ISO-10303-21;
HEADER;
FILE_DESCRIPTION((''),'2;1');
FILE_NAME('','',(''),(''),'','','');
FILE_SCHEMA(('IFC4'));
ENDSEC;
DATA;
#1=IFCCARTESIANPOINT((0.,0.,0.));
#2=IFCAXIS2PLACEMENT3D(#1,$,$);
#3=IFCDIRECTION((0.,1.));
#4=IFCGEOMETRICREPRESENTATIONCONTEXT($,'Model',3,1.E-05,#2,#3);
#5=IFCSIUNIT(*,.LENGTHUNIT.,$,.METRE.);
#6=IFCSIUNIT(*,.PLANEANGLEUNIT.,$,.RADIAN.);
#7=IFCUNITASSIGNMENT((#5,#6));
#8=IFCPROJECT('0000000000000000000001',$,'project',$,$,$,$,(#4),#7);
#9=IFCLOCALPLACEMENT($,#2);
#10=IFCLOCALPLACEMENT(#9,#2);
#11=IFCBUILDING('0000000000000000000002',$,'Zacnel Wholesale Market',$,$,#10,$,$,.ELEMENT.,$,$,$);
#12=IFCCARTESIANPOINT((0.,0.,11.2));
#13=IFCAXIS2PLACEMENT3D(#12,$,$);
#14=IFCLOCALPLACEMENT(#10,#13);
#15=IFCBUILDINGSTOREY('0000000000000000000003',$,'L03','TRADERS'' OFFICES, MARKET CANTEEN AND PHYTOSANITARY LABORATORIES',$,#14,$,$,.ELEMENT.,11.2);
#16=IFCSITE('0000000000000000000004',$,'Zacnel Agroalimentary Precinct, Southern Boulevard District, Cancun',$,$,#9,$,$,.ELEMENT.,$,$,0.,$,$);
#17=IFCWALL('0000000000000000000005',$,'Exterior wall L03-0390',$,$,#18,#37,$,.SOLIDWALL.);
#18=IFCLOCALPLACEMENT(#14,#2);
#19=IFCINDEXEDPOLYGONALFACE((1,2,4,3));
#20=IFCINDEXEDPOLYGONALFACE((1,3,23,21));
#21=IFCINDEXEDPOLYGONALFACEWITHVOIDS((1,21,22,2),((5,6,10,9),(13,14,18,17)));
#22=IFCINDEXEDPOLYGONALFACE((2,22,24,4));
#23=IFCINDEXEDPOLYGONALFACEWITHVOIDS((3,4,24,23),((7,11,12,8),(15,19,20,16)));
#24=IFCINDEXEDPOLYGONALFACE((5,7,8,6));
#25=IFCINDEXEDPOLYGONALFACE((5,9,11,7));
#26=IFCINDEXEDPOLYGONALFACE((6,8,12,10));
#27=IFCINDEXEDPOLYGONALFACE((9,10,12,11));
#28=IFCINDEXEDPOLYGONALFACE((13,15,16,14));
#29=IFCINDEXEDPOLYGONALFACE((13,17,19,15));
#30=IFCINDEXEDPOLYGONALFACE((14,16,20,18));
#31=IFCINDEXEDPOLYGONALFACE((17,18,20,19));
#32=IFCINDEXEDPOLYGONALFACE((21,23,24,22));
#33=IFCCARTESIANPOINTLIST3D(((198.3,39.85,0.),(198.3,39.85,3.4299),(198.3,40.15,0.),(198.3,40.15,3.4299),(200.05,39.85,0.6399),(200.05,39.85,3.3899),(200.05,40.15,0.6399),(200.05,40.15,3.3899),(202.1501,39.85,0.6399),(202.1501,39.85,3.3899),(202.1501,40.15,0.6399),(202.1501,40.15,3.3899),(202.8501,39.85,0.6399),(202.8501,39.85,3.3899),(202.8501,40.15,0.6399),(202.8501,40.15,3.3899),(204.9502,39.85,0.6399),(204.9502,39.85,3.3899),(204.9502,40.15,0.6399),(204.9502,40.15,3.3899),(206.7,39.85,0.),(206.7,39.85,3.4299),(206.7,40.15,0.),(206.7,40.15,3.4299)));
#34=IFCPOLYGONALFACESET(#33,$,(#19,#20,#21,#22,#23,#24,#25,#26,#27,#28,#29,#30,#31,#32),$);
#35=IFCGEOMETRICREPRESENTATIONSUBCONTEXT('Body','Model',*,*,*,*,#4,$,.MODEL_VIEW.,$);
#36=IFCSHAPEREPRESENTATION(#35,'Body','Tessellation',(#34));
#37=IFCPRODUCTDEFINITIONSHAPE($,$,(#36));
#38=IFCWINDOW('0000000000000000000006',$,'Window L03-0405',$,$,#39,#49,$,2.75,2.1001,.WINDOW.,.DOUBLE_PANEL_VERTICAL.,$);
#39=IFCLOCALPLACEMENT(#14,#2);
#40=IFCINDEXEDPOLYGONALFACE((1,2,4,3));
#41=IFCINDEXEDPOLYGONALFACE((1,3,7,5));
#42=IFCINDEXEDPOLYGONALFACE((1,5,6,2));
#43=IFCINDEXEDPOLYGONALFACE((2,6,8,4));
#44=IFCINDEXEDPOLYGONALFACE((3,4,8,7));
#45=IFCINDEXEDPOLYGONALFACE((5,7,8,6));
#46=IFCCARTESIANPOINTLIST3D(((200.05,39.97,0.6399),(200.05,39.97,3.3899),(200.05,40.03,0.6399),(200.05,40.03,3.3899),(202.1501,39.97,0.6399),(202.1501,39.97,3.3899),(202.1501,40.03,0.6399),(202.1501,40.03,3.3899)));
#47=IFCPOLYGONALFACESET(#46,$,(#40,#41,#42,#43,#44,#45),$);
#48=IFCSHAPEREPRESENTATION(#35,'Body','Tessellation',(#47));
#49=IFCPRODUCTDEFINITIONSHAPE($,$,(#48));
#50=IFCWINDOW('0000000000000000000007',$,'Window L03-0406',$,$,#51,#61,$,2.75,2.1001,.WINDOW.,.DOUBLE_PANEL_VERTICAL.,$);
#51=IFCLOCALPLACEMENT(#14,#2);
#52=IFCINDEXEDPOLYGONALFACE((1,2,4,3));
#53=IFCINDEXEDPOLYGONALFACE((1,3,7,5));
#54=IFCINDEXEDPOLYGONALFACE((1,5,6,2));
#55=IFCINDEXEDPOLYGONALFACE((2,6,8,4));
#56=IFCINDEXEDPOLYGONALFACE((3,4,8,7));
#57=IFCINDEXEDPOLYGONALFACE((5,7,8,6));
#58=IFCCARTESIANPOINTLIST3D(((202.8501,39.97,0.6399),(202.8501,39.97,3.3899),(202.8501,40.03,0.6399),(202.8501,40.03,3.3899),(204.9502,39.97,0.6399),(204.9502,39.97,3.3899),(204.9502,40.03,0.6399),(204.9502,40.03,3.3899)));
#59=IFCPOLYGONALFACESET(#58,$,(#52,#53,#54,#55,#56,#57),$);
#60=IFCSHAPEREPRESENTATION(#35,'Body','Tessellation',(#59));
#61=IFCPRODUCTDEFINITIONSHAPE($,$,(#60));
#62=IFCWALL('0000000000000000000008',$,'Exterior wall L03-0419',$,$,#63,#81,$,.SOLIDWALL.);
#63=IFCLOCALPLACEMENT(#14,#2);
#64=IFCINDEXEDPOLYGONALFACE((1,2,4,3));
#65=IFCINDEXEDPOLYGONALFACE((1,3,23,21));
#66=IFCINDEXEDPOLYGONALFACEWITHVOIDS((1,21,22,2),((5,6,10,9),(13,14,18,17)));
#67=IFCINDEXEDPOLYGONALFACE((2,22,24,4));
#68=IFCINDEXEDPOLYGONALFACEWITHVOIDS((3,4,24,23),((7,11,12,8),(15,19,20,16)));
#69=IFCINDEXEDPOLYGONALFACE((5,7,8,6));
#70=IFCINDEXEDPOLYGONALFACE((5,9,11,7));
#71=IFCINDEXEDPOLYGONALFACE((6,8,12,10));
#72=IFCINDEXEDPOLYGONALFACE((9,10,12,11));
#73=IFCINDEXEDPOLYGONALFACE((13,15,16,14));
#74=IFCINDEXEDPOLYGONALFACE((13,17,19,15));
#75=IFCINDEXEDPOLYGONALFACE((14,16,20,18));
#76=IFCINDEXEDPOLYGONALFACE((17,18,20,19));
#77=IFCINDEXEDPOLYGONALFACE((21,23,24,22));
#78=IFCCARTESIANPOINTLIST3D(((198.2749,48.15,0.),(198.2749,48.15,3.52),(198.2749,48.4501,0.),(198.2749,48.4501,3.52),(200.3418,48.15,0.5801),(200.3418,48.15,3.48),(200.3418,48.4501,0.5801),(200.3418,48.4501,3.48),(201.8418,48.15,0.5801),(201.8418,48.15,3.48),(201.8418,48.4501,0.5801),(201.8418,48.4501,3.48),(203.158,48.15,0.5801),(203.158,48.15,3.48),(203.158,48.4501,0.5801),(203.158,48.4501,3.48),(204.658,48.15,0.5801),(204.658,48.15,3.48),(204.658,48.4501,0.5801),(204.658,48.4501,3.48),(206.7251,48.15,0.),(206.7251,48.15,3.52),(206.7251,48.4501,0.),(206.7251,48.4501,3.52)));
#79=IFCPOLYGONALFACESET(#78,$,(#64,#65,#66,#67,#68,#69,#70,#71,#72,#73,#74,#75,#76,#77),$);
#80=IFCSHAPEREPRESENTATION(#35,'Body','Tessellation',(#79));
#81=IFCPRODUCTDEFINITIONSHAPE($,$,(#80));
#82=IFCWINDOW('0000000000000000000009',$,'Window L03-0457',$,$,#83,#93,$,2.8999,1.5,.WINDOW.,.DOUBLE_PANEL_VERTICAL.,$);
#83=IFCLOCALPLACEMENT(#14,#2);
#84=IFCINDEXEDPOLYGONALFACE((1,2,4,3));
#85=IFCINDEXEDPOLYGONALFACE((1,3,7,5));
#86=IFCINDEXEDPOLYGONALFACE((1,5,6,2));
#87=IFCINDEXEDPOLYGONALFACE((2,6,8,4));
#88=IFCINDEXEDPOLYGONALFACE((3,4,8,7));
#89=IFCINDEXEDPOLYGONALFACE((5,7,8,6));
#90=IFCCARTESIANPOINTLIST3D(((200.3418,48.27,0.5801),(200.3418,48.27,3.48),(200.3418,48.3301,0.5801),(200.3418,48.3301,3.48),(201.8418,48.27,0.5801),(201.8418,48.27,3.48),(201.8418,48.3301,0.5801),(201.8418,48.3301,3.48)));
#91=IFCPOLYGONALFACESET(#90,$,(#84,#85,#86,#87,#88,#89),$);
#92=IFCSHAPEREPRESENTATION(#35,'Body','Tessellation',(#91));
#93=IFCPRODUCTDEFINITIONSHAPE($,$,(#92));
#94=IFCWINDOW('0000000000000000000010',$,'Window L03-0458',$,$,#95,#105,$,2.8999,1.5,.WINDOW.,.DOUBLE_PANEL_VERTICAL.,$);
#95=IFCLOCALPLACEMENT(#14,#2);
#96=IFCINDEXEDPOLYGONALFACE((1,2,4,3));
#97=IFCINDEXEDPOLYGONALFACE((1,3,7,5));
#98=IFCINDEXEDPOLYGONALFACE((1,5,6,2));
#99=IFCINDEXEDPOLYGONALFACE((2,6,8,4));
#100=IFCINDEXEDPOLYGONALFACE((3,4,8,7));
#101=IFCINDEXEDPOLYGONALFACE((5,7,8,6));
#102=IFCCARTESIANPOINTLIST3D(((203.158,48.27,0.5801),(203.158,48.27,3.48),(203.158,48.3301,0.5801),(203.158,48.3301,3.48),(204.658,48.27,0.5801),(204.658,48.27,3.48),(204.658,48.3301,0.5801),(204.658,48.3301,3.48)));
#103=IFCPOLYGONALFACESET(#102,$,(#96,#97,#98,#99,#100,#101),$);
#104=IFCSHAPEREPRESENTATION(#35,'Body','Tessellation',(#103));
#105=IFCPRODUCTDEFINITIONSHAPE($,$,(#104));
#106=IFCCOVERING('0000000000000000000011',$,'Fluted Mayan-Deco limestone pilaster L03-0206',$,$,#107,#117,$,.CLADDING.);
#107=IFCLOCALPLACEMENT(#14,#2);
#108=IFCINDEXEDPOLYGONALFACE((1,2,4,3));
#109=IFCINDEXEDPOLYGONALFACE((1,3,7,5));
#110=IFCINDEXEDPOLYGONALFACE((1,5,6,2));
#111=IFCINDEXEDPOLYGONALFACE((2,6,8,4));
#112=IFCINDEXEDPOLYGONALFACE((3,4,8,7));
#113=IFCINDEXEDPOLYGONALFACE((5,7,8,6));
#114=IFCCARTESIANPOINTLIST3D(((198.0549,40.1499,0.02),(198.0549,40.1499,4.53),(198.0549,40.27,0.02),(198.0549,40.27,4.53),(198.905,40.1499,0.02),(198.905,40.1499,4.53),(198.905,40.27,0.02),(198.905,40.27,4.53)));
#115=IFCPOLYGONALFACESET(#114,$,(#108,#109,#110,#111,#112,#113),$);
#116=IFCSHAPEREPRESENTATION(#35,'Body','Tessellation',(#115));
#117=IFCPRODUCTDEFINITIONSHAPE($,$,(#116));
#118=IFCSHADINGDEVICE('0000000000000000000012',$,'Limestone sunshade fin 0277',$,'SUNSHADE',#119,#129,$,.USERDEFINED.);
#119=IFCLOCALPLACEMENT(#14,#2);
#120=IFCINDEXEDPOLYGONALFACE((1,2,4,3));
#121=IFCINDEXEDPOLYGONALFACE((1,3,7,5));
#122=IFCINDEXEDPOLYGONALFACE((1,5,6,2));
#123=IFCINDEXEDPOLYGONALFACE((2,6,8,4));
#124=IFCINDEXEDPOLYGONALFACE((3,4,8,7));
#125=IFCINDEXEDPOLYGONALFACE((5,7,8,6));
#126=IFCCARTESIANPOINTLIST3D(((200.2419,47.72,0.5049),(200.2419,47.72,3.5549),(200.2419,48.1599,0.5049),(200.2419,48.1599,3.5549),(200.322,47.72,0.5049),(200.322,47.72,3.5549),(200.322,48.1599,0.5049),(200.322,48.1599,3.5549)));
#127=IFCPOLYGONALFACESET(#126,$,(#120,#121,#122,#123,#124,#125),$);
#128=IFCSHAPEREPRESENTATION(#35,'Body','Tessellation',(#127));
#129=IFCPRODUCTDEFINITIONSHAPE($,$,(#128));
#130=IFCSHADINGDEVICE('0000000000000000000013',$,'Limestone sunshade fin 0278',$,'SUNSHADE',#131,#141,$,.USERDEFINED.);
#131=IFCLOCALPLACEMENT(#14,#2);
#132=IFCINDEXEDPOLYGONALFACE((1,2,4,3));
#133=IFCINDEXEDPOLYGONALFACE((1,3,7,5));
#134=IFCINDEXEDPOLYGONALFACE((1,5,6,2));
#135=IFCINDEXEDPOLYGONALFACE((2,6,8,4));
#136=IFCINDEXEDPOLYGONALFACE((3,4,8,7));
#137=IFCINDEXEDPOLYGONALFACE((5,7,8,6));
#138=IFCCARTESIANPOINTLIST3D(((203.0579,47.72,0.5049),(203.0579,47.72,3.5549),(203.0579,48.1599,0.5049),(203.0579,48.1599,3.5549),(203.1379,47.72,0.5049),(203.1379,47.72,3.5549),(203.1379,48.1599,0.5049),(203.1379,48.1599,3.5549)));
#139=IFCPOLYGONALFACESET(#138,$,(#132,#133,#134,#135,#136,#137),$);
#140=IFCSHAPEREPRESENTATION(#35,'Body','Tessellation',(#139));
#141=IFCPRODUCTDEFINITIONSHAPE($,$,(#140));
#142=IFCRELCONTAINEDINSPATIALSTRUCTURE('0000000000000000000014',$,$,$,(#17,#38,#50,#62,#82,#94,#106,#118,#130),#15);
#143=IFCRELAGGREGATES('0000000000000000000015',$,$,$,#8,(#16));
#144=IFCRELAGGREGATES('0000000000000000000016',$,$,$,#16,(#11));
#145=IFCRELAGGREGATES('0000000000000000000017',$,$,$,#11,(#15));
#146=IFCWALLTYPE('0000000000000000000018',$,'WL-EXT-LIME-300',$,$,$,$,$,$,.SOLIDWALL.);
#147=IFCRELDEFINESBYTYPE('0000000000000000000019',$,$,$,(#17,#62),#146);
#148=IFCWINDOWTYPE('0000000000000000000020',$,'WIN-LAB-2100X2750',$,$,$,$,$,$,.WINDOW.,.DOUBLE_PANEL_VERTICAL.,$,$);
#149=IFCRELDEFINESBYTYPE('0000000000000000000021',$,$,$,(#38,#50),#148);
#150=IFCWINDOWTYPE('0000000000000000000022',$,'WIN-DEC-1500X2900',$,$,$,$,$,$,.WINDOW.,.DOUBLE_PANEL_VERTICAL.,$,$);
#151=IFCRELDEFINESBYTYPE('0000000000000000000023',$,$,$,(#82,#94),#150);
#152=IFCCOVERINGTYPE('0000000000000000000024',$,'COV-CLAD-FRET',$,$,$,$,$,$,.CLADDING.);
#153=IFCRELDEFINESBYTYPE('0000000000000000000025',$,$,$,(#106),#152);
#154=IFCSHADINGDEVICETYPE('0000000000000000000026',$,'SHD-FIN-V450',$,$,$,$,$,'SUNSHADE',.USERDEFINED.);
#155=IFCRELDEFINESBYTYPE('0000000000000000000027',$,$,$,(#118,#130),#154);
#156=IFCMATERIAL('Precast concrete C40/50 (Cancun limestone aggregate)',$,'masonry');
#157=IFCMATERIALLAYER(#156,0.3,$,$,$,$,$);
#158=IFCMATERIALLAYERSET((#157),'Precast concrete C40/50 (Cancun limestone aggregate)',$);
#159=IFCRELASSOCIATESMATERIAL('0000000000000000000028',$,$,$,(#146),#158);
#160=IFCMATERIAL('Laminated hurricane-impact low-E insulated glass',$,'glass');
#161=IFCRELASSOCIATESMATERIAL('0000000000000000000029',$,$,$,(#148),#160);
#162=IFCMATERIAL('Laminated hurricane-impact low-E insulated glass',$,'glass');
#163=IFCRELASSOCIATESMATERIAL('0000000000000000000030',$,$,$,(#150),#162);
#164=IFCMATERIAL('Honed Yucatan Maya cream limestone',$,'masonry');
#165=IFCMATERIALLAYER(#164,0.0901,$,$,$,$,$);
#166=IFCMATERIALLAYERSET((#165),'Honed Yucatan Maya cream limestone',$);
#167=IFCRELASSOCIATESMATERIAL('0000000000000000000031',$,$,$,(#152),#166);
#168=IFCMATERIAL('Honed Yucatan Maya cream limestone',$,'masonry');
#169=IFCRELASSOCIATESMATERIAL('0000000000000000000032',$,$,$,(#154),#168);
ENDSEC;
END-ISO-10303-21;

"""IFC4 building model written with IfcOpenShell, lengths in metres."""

from ifc_helpers import new_model, si_unit, direction, frame, frame_2d, origin, origin_2d, place, context, subcontext, project, spatial, rectangle, extrude, material, layer, layer_set, type_object, element, fill, save


model = new_model("IFC4")

# Units and contexts
model_context = context("Model", 3, precision=1e-05, world=origin(), true_north=direction((0.0, 1.0)))
body_context = subcontext(model_context, "Body", "Model", "MODEL_VIEW")
ifc_project = project(units=[si_unit("LENGTHUNIT", "METRE"), si_unit("PLANEANGLEUNIT", "RADIAN")], contexts=[model_context])

# Site, building, storey
site_placement = place(None, origin())
site = spatial("IfcSite", under=ifc_project, at=site_placement, Name="Zacnel Agroalimentary Precinct, Southern Boulevard District, Cancun", CompositionType="ELEMENT", RefElevation=0.0)
building_placement = place(site_placement, origin())
building = spatial("IfcBuilding", under=site, at=building_placement, Name="Zacnel Wholesale Market", CompositionType="ELEMENT")
storey_placement = place(building_placement, frame((0.0, 0.0, 11.2)))
storey = spatial("IfcBuildingStorey", under=building, at=storey_placement, Name="L03", Description="TRADERS' OFFICES, MARKET CANTEEN AND PHYTOSANITARY LABORATORIES", CompositionType="ELEMENT", Elevation=11.2)

# Wall, openings, windows
ifc_material_1 = material(Name="Precast concrete C40/50 (Cancun limestone aggregate)", Category="masonry")
ifc_layer_1 = layer(ifc_material_1, 0.3)
ifc_layer_set_1 = layer_set([ifc_layer_1], Name="Precast concrete C40/50 (Cancun limestone aggregate)")
wall_type = type_object("IfcWallType", Name="WL-EXT-LIME-300", PredefinedType="SOLIDWALL", material=ifc_layer_set_1)
wall_1_placement = place(storey_placement, frame((198.3, 40.0, 0.0), z_axis=(0.0, 0.0, 1.0), x_axis=(1.0, 0.0, 0.0)))
wall_1 = element("IfcWall", 1, at=wall_1_placement, inside=storey, type_object=wall_type, Name="Exterior wall L03-0390", PredefinedType="SOLIDWALL", context=body_context, shape_type="SweptSolid", body=[
    extrude(rectangle(XDim=8.3999, YDim=0.3, at=frame_2d((4.2, 0.0))), origin(), (0.0, 0.0, 1.0), 3.4299),
])
opening_1_placement = place(wall_1_placement, frame((1.75, 0.0, 0.6399)))
opening_1 = element("IfcOpeningElement", 2, at=opening_1_placement, cuts=wall_1, PredefinedType="OPENING", context=body_context, shape_type="SweptSolid", body=[
    extrude(rectangle(XDim=2.1001, YDim=2.75, at=frame_2d((1.05, 1.375))), frame((0.0, 0.1599, 0.0), z_axis=(0.0, -1.0, 0.0), x_axis=(1.0, 0.0, 0.0)), (0.0, 0.0, 1.0), 0.3201),
])
opening_2_placement = place(wall_1_placement, frame((4.55, 0.0, 0.6399)))
opening_2 = element("IfcOpeningElement", 3, at=opening_2_placement, cuts=wall_1, PredefinedType="OPENING", context=body_context, shape_type="SweptSolid", body=[
    extrude(rectangle(XDim=2.1001, YDim=2.75, at=frame_2d((1.05, 1.375))), frame((0.0, 0.1599, 0.0), z_axis=(0.0, -1.0, 0.0), x_axis=(1.0, 0.0, 0.0)), (0.0, 0.0, 1.0), 0.3201),
])
ifc_material_2 = material(Name="Laminated hurricane-impact low-E insulated glass", Category="glass")
window_type_1 = type_object("IfcWindowType", Name="WIN-LAB-2100X2750", PartitioningType="DOUBLE_PANEL_VERTICAL", PredefinedType="WINDOW", material=ifc_material_2)
window_1_placement = place(opening_1_placement, origin())
window_1 = element("IfcWindow", 4, at=window_1_placement, inside=storey, type_object=window_type_1, Name="Window L03-0405", OverallHeight=2.75, OverallWidth=2.1001, PartitioningType="DOUBLE_PANEL_VERTICAL", PredefinedType="WINDOW", context=body_context, shape_type="SweptSolid", body=[
    extrude(rectangle(XDim=2.1001, YDim=2.75, at=frame_2d((1.05, 1.375))), frame((0.0, 0.03, 0.0), z_axis=(0.0, -1.0, 0.0), x_axis=(1.0, 0.0, 0.0)), (0.0, 0.0, 1.0), 0.0601),
])
fill(opening_1, window_1)
window_2_placement = place(opening_2_placement, origin())
window_2 = element("IfcWindow", 5, at=window_2_placement, inside=storey, type_object=window_type_1, Name="Window L03-0406", OverallHeight=2.75, OverallWidth=2.1001, PartitioningType="DOUBLE_PANEL_VERTICAL", PredefinedType="WINDOW", context=body_context, shape_type="SweptSolid", body=[
    extrude(rectangle(XDim=2.1001, YDim=2.75, at=frame_2d((1.05, 1.375))), frame((0.0, 0.03, 0.0), z_axis=(0.0, -1.0, 0.0), x_axis=(1.0, 0.0, 0.0)), (0.0, 0.0, 1.0), 0.0601),
])
fill(opening_2, window_2)

# Wall, openings, windows
wall_2_placement = place(storey_placement, frame((198.2749, 48.3, 0.0), z_axis=(0.0, 0.0, 1.0), x_axis=(1.0, 0.0, 0.0)))
wall_2 = element("IfcWall", 6, at=wall_2_placement, inside=storey, type_object=wall_type, Name="Exterior wall L03-0419", PredefinedType="SOLIDWALL", context=body_context, shape_type="SweptSolid", body=[
    extrude(rectangle(XDim=8.4502, YDim=0.3, at=frame_2d((4.2251, 0.0))), origin(), (0.0, 0.0, 1.0), 3.52),
])
opening_3_placement = place(wall_2_placement, frame((2.0669, 0.0, 0.5801)))
opening_3 = element("IfcOpeningElement", 7, at=opening_3_placement, cuts=wall_2, PredefinedType="OPENING", context=body_context, shape_type="SweptSolid", body=[
    extrude(rectangle(XDim=1.5, YDim=2.8999, at=frame_2d((0.75, 1.45))), frame((0.0, 0.1599, 0.0), z_axis=(0.0, -1.0, 0.0), x_axis=(1.0, 0.0, 0.0)), (0.0, 0.0, 1.0), 0.3201),
])
opening_4_placement = place(wall_2_placement, frame((4.8831, 0.0, 0.5801)))
opening_4 = element("IfcOpeningElement", 8, at=opening_4_placement, cuts=wall_2, PredefinedType="OPENING", context=body_context, shape_type="SweptSolid", body=[
    extrude(rectangle(XDim=1.5, YDim=2.8999, at=frame_2d((0.75, 1.45))), frame((0.0, 0.1599, 0.0), z_axis=(0.0, -1.0, 0.0), x_axis=(1.0, 0.0, 0.0)), (0.0, 0.0, 1.0), 0.3201),
])
ifc_material_3 = material(Name="Laminated hurricane-impact low-E insulated glass", Category="glass")
window_type_2 = type_object("IfcWindowType", Name="WIN-DEC-1500X2900", PartitioningType="DOUBLE_PANEL_VERTICAL", PredefinedType="WINDOW", material=ifc_material_3)
window_3_placement = place(opening_3_placement, origin())
window_3 = element("IfcWindow", 9, at=window_3_placement, inside=storey, type_object=window_type_2, Name="Window L03-0457", OverallHeight=2.8999, OverallWidth=1.5, PartitioningType="DOUBLE_PANEL_VERTICAL", PredefinedType="WINDOW", context=body_context, shape_type="SweptSolid", body=[
    extrude(rectangle(XDim=1.5, YDim=2.8999, at=frame_2d((0.75, 1.45))), frame((0.0, 0.03, 0.0), z_axis=(0.0, -1.0, 0.0), x_axis=(1.0, 0.0, 0.0)), (0.0, 0.0, 1.0), 0.0601),
])
fill(opening_3, window_3)
window_4_placement = place(opening_4_placement, origin())
window_4 = element("IfcWindow", 10, at=window_4_placement, inside=storey, type_object=window_type_2, Name="Window L03-0458", OverallHeight=2.8999, OverallWidth=1.5, PartitioningType="DOUBLE_PANEL_VERTICAL", PredefinedType="WINDOW", context=body_context, shape_type="SweptSolid", body=[
    extrude(rectangle(XDim=1.5, YDim=2.8999, at=frame_2d((0.75, 1.45))), frame((0.0, 0.03, 0.0), z_axis=(0.0, -1.0, 0.0), x_axis=(1.0, 0.0, 0.0)), (0.0, 0.0, 1.0), 0.0601),
])
fill(opening_4, window_4)

# Covering
ifc_material_4 = material(Name="Honed Yucatan Maya cream limestone", Category="masonry")
ifc_layer_2 = layer(ifc_material_4, 0.0901)
ifc_layer_set_2 = layer_set([ifc_layer_2], Name="Honed Yucatan Maya cream limestone")
covering_type = type_object("IfcCoveringType", Name="COV-CLAD-FRET", PredefinedType="CLADDING", material=ifc_layer_set_2)
covering_placement = place(storey_placement, frame((198.48, 40.21, 0.02), z_axis=(0.0, 0.0, 1.0), x_axis=(1.0, 0.0, 0.0)))
element("IfcCovering", 11, at=covering_placement, inside=storey, type_object=covering_type, Name="Fluted Mayan-Deco limestone pilaster L03-0206", PredefinedType="CLADDING", context=body_context, shape_type="SweptSolid", body=[
    extrude(rectangle(XDim=0.8501, YDim=0.1201, at=origin_2d()), origin(), (0.0, 0.0, 1.0), 4.51),
])

# Shading devices
ifc_material_5 = material(Name="Honed Yucatan Maya cream limestone", Category="masonry")
shading_device_type = type_object("IfcShadingDeviceType", Name="SHD-FIN-V450", ElementType="SUNSHADE", PredefinedType="USERDEFINED", material=ifc_material_5)
for number, where, z_axis, x_axis, name in (
    (12, (200.282, 47.9399, 0.5049), (0.0, 0.0, 1.0), (1.0, 0.0, 0.0), "Limestone sunshade fin 0277"),
    (13, (203.0979, 47.9399, 0.5049), (0.0, 0.0, 1.0), (1.0, 0.0, 0.0), "Limestone sunshade fin 0278"),
):
    element("IfcShadingDevice", number, at=place(storey_placement, frame(where, z_axis=z_axis, x_axis=x_axis)), inside=storey, type_object=shading_device_type, Name=name, ObjectType="SUNSHADE", PredefinedType="USERDEFINED", context=body_context, shape_type="SweptSolid", body=[
        extrude(rectangle(XDim=0.0801, YDim=0.4399, at=origin_2d()), origin(), (0.0, 0.0, 1.0), 3.05),
    ])

save(model, "model.ifc")
